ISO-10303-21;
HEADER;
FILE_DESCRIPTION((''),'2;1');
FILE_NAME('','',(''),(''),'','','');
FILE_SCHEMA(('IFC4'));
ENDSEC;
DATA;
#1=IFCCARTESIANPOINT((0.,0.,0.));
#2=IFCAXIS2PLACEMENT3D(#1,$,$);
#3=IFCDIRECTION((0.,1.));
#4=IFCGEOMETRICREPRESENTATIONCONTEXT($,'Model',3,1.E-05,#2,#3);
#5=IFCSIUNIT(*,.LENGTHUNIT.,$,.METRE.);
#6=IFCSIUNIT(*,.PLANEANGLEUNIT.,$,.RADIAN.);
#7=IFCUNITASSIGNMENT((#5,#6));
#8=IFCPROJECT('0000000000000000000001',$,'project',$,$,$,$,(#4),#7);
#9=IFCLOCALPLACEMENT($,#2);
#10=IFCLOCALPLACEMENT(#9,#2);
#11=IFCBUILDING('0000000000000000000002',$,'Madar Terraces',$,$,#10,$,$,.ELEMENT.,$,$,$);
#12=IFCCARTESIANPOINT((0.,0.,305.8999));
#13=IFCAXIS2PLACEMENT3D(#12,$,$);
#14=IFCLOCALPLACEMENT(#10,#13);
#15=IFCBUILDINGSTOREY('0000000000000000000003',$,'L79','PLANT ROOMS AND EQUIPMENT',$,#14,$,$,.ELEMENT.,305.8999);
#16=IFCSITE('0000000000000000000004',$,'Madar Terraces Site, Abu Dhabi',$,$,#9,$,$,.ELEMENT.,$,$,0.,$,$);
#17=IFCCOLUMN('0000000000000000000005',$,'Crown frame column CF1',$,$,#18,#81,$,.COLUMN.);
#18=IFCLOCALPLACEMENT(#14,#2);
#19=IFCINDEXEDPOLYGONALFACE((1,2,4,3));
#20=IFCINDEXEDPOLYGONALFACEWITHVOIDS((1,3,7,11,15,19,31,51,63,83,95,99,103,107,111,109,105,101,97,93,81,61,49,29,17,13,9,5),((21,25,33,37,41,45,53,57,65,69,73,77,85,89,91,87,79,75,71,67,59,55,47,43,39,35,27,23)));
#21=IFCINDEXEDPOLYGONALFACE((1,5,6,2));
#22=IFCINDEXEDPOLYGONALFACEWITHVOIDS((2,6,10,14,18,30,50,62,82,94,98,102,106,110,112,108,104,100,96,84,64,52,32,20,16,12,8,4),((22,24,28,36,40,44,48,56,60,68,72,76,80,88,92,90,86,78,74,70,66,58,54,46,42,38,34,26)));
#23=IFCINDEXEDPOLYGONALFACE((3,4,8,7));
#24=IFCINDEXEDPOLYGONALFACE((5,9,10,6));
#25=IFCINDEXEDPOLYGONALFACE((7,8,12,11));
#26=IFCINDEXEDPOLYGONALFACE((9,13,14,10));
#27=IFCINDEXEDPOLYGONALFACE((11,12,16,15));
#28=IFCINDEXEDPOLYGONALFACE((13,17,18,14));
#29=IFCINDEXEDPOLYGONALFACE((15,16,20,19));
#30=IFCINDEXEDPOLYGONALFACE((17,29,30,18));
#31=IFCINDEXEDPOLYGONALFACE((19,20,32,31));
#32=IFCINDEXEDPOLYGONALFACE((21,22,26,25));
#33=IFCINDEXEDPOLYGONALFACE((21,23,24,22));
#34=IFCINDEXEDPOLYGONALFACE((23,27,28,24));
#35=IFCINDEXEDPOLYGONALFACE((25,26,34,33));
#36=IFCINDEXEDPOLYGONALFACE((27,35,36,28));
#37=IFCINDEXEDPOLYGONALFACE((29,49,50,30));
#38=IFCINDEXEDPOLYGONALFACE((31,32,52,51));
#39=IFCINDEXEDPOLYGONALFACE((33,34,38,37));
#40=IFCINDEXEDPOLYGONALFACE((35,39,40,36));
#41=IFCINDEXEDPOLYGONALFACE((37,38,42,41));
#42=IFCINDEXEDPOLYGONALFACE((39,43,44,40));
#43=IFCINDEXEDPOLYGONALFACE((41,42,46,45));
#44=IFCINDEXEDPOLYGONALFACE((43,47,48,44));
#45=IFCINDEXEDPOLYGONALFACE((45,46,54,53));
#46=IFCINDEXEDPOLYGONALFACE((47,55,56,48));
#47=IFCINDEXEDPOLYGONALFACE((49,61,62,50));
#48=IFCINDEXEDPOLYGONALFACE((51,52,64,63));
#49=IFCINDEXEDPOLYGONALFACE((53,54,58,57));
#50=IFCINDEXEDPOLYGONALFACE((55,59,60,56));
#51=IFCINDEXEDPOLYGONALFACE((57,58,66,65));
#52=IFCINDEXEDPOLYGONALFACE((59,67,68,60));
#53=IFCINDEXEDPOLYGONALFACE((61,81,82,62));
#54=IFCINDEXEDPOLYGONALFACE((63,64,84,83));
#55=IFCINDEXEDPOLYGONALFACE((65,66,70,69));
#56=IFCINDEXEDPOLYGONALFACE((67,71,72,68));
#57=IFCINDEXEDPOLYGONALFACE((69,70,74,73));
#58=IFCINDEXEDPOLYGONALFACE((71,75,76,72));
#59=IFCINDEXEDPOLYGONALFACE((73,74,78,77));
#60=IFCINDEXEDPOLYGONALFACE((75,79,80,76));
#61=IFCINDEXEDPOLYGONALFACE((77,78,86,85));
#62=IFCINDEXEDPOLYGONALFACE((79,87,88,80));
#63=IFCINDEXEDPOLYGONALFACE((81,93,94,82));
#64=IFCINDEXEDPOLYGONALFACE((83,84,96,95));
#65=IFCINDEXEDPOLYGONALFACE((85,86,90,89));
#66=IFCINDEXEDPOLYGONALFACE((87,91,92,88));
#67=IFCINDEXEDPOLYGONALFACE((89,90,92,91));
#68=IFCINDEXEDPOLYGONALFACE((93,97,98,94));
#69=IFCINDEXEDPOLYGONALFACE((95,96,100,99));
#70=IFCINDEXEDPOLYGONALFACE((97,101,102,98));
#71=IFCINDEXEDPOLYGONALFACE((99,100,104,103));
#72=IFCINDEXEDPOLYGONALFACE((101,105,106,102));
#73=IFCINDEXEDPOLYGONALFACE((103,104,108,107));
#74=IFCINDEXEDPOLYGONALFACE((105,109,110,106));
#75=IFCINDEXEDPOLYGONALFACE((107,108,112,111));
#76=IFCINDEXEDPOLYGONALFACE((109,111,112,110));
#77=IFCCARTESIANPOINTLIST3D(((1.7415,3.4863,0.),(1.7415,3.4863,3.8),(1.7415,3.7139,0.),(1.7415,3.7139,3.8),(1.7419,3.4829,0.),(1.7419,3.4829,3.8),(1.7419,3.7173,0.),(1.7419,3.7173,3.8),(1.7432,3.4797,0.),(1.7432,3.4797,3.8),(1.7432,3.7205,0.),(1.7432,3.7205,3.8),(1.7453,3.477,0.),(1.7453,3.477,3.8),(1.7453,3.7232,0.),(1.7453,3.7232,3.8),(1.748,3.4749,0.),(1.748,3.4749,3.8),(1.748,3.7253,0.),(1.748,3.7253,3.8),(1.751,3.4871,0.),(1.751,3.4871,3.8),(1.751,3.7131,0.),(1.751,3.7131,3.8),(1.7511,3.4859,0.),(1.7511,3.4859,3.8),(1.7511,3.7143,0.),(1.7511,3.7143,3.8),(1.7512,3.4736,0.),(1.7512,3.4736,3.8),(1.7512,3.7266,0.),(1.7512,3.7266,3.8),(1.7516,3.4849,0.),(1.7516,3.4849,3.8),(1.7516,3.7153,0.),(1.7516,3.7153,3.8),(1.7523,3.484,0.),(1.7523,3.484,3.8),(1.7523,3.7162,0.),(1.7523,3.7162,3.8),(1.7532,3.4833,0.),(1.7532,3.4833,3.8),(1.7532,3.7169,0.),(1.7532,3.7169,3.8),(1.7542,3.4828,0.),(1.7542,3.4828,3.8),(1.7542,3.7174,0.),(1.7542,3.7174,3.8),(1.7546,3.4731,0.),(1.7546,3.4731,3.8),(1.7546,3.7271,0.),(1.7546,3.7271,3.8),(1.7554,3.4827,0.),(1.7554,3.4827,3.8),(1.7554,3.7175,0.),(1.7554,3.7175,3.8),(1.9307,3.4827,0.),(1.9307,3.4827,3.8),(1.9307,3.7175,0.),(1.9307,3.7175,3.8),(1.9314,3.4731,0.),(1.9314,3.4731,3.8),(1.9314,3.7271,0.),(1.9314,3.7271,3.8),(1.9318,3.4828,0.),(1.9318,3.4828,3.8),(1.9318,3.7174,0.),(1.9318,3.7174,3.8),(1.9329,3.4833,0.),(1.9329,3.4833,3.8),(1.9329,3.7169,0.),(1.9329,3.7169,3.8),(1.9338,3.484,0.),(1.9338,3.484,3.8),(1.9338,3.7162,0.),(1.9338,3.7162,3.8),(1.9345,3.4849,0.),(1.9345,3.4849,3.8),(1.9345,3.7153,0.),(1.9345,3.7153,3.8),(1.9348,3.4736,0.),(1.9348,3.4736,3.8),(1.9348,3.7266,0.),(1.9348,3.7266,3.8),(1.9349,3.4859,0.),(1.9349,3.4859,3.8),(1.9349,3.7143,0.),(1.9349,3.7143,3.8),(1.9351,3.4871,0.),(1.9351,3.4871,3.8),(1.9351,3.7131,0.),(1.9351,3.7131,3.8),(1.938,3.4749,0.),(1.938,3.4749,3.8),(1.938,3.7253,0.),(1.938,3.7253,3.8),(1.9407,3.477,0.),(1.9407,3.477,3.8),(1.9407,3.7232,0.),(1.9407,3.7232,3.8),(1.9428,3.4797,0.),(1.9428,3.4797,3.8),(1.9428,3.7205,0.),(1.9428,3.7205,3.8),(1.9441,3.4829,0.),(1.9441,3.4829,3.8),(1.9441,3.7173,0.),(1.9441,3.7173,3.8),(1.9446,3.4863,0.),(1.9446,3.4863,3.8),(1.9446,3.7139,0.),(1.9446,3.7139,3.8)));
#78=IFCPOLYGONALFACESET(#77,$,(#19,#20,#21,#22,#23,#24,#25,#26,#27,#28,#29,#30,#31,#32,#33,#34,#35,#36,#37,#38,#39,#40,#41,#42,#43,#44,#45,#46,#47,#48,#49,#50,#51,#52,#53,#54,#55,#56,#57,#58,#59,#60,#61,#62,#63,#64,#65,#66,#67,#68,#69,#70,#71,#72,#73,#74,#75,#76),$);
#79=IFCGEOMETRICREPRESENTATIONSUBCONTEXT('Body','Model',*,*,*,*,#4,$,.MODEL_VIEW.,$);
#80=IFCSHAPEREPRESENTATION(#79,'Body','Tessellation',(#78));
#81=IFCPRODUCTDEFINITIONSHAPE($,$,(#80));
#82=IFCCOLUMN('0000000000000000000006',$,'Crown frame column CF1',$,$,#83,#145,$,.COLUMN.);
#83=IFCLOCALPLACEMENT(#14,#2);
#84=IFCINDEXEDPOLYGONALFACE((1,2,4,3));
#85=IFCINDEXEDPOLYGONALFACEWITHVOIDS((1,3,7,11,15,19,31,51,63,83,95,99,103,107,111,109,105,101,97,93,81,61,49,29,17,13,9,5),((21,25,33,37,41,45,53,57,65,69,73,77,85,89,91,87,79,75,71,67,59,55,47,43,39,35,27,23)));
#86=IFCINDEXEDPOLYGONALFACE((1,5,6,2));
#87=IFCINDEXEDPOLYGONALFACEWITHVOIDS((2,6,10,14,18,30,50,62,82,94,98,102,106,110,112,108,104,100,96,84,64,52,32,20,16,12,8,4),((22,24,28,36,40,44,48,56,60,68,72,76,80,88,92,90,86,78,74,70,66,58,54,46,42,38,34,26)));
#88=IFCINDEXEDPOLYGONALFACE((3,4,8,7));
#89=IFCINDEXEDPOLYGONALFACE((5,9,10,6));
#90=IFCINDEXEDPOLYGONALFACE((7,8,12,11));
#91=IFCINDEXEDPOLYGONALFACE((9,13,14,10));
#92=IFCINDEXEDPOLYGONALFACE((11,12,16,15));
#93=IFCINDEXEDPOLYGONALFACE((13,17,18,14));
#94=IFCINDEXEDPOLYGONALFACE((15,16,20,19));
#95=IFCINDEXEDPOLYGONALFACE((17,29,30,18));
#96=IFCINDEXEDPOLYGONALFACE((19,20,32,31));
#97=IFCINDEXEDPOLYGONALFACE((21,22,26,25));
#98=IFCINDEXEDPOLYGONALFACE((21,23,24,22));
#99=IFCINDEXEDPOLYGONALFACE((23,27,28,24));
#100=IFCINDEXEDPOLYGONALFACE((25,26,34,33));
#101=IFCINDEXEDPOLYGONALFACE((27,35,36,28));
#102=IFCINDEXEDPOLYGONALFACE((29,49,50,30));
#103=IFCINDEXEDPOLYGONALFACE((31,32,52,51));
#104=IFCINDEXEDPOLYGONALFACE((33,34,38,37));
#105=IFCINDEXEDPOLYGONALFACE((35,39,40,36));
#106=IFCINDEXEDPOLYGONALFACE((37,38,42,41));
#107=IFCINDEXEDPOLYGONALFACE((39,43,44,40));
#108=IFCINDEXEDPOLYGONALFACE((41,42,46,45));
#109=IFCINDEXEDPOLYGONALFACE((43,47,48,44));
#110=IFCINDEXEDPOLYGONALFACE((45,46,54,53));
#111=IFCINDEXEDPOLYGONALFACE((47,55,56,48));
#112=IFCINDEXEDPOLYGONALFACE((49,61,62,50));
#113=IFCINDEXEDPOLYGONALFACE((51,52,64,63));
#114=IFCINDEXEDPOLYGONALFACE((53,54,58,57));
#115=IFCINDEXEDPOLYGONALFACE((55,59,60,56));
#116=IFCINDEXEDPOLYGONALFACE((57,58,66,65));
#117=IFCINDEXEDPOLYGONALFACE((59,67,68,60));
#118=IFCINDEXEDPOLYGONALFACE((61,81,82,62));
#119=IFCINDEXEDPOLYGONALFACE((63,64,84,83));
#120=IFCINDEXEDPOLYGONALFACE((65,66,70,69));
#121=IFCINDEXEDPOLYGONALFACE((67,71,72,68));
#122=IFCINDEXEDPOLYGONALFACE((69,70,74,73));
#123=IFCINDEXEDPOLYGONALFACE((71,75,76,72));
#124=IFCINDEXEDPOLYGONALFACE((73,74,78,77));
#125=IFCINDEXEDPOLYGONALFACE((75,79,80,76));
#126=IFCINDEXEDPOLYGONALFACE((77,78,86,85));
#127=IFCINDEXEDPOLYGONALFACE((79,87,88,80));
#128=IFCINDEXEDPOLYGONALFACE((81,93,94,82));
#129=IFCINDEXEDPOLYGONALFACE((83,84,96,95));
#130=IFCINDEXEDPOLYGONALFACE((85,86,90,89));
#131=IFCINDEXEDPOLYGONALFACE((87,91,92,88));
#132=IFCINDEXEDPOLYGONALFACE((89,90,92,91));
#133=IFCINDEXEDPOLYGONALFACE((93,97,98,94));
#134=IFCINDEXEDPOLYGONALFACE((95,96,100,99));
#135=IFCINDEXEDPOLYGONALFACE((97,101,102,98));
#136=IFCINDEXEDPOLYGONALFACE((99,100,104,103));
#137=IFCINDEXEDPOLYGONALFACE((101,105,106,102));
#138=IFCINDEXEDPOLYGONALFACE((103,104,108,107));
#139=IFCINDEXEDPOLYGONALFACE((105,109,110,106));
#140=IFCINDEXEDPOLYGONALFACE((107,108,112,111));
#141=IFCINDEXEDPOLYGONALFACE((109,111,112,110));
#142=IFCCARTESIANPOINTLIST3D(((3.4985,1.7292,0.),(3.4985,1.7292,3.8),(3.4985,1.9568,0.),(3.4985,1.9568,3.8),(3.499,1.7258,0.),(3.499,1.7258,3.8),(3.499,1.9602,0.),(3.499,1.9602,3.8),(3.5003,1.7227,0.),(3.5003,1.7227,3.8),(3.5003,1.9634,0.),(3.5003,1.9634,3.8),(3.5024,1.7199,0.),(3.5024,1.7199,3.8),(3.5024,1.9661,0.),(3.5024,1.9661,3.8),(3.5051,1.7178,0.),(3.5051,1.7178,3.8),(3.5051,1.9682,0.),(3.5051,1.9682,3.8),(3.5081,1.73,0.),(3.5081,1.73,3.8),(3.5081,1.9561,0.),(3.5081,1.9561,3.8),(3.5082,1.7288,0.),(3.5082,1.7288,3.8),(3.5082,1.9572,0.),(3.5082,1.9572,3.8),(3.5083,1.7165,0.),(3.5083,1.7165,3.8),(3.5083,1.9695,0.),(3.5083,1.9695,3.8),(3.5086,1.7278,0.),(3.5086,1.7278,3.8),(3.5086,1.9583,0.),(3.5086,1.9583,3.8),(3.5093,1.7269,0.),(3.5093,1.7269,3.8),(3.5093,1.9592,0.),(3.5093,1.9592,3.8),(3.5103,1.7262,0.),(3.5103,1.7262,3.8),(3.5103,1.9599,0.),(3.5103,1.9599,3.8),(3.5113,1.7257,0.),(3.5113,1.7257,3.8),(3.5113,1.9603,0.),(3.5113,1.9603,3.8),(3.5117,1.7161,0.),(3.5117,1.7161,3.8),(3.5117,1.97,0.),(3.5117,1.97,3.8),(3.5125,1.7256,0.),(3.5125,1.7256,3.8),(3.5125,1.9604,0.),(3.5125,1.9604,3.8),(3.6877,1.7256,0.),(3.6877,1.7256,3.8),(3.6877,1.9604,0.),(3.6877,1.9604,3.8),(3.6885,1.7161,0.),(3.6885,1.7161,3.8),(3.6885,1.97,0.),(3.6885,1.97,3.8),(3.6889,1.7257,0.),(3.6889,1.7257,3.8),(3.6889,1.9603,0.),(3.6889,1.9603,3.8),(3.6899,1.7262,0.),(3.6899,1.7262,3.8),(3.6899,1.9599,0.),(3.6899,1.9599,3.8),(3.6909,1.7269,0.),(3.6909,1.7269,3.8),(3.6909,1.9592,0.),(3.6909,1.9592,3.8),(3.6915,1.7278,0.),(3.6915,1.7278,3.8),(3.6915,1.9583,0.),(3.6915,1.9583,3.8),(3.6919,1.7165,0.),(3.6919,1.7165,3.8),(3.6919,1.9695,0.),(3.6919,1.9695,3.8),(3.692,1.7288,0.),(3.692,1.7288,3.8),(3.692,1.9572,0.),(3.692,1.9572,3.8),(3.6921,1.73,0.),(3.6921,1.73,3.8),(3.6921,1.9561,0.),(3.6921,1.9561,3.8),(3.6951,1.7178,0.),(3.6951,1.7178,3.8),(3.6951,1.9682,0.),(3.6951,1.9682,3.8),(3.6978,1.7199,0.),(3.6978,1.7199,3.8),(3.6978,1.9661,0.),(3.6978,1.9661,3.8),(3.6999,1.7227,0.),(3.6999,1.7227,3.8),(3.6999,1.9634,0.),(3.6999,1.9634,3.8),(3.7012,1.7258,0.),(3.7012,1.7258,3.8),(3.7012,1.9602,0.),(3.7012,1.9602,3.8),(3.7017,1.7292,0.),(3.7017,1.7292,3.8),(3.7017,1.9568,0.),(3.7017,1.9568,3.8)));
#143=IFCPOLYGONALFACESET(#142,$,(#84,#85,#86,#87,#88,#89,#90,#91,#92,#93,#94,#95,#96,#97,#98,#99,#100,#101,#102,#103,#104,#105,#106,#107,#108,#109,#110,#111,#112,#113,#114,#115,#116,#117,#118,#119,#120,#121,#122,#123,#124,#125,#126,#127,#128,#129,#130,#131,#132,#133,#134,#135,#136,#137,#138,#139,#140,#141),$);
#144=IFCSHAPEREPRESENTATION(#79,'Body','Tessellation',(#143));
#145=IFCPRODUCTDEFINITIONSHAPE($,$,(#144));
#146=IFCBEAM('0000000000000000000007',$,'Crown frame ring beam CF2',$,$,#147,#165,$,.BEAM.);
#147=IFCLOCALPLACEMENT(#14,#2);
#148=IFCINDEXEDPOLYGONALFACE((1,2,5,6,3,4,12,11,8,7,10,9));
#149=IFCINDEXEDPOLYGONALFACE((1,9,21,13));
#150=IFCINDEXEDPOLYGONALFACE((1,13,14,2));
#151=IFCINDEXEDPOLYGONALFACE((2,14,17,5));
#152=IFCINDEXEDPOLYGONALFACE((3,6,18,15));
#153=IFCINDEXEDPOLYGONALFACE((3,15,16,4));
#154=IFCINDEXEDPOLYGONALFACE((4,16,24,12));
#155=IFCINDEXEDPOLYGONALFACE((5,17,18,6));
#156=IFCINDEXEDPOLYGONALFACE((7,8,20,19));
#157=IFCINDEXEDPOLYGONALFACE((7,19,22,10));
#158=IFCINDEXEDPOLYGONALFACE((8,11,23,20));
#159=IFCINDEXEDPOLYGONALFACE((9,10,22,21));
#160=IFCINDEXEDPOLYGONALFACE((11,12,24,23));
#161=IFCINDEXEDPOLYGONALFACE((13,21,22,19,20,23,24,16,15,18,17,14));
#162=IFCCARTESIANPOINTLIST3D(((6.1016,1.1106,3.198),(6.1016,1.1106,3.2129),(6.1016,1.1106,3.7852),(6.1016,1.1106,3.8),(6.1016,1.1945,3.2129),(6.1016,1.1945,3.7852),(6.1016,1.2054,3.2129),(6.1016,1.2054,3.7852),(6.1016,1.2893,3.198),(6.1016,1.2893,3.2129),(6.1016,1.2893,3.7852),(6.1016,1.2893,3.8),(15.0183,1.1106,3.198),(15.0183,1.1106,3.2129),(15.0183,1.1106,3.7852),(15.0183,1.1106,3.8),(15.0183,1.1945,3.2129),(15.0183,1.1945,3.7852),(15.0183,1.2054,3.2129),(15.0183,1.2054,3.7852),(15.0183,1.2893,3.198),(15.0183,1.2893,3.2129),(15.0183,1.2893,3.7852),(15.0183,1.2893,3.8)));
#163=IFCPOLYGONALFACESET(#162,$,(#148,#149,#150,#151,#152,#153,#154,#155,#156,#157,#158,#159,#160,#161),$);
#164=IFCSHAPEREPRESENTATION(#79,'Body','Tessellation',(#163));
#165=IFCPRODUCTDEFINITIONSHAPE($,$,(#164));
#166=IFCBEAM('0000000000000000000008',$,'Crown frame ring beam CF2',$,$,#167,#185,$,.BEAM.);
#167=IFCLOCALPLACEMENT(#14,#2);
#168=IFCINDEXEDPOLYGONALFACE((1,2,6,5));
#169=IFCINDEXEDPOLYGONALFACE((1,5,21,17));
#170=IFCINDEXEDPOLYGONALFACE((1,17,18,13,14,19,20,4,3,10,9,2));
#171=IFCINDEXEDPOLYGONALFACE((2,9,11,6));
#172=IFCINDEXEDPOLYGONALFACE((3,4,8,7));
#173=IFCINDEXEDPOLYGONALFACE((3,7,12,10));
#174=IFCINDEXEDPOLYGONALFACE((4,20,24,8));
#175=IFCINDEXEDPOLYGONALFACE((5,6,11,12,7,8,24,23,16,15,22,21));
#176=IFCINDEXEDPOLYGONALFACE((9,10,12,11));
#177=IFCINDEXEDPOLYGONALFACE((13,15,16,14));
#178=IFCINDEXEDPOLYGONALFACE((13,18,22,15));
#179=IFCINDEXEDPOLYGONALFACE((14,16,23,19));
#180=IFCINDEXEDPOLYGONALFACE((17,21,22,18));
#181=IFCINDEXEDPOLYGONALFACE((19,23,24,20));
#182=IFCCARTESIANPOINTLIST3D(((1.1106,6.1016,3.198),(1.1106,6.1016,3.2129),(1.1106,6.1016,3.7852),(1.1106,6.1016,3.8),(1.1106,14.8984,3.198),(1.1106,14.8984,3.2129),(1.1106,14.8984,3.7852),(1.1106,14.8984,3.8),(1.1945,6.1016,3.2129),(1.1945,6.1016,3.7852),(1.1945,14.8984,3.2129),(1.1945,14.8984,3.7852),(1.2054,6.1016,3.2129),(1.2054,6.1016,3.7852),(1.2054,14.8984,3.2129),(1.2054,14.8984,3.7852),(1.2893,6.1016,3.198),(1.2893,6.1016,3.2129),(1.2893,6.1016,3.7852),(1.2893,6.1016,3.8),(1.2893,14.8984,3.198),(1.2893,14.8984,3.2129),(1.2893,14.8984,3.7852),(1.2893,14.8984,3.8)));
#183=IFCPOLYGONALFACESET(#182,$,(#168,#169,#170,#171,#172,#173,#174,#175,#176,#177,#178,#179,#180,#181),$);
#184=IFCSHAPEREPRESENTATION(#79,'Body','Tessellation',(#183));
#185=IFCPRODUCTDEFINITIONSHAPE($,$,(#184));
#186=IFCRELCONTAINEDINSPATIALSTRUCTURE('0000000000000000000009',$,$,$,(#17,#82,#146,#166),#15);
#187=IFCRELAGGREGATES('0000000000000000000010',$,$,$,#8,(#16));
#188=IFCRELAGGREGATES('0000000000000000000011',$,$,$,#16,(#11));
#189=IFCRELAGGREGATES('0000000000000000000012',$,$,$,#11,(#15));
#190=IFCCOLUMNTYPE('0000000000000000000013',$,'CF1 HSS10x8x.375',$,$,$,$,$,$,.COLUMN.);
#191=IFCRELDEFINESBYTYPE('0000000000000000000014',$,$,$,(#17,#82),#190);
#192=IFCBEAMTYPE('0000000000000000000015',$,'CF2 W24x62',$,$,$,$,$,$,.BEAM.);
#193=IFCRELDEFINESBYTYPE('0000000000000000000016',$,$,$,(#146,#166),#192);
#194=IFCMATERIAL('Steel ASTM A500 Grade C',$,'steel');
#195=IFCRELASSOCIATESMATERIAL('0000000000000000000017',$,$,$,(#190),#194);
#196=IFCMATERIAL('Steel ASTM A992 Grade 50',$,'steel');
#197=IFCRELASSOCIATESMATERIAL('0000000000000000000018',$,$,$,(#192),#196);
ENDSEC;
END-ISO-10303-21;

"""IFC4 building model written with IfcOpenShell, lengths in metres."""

from ifc_helpers import new_model, si_unit, direction, frame, origin, origin_2d, place, context, subcontext, project, spatial, hollow_rectangle, i_section, extrude, material, material_profile, profile_set, type_object, element, save


model = new_model("IFC4")

# Units and contexts
model_context = context("Model", 3, precision=1e-05, world=origin(), true_north=direction((0.0, 1.0)))
body_context = subcontext(model_context, "Body", "Model", "MODEL_VIEW")
ifc_project = project(units=[si_unit("LENGTHUNIT", "METRE"), si_unit("PLANEANGLEUNIT", "RADIAN")], contexts=[model_context])

# Site, building, storey
site_placement = place(None, origin())
site = spatial("IfcSite", under=ifc_project, at=site_placement, Name="Madar Terraces Site, Abu Dhabi", CompositionType="ELEMENT", RefElevation=0.0)
building_placement = place(site_placement, origin())
building = spatial("IfcBuilding", under=site, at=building_placement, Name="Madar Terraces", CompositionType="ELEMENT")
storey_placement = place(building_placement, frame((0.0, 0.0, 305.8999)))
storey = spatial("IfcBuildingStorey", under=building, at=storey_placement, Name="L79", Description="PLANT ROOMS AND EQUIPMENT", CompositionType="ELEMENT", Elevation=305.8999)

# Columns
ifc_material_1 = material(Name="Steel ASTM A500 Grade C", Category="steel")
ifc_material_profile_1 = material_profile(ifc_material_1, hollow_rectangle(XDim=0.2031, YDim=0.2539, WallThickness=0.0095, InnerFilletRadius=0.0044, OuterFilletRadius=0.0132, at=origin_2d()), Name="HSS10x8x.375")
ifc_profile_set_1 = profile_set([ifc_material_profile_1], Name="Steel ASTM A500 Grade C")
column_type = type_object("IfcColumnType", Name="CF1 HSS10x8x.375", PredefinedType="COLUMN", material=ifc_profile_set_1)
for number, where, z_axis, x_axis, name in (
    (1, (1.843, 3.6001, 0.0), (0.0, 0.0, 1.0), (1.0, 0.0, 0.0), "Crown frame column CF1"),
    (2, (3.6001, 1.843, 0.0), (0.0, 0.0, 1.0), (1.0, 0.0, 0.0), "Crown frame column CF1"),
):
    element("IfcColumn", number, at=place(storey_placement, frame(where, z_axis=z_axis, x_axis=x_axis)), inside=storey, type_object=column_type, Name=name, PredefinedType="COLUMN", context=body_context, shape_type="SweptSolid", body=[
        extrude(hollow_rectangle(XDim=0.2031, YDim=0.2539, WallThickness=0.0095, InnerFilletRadius=0.0044, OuterFilletRadius=0.0132, at=origin_2d()), origin(), (0.0, 0.0, 1.0), 3.8),
    ])

# Beams
ifc_material_2 = material(Name="Steel ASTM A992 Grade 50", Category="steel")
ifc_material_profile_2 = material_profile(ifc_material_2, i_section(OverallWidth=0.1787, OverallDepth=0.6021, WebThickness=0.011, FlangeThickness=0.0149, at=origin_2d()), Name="W24x62")
ifc_profile_set_2 = profile_set([ifc_material_profile_2], Name="Steel ASTM A992 Grade 50")
beam_type = type_object("IfcBeamType", Name="CF2 W24x62", PredefinedType="BEAM", material=ifc_profile_set_2)
beam_1_placement = place(storey_placement, frame((6.1016, 1.2, 3.499), z_axis=(1.0, 0.0, 0.0), x_axis=(0.0, 1.0, 0.0)))
element("IfcBeam", 3, at=beam_1_placement, inside=storey, type_object=beam_type, Name="Crown frame ring beam CF2", PredefinedType="BEAM", context=body_context, shape_type="SweptSolid", body=[
    extrude(i_section(OverallWidth=0.1787, OverallDepth=0.6021, WebThickness=0.011, FlangeThickness=0.0149, at=origin_2d()), origin(), (0.0, 0.0, 1.0), 8.9167),
])
beam_2_placement = place(storey_placement, frame((1.2, 14.8984, 3.499), z_axis=(0.0, -1.0, 0.0), x_axis=(1.0, 0.0, 0.0)))
element("IfcBeam", 4, at=beam_2_placement, inside=storey, type_object=beam_type, Name="Crown frame ring beam CF2", PredefinedType="BEAM", context=body_context, shape_type="SweptSolid", body=[
    extrude(i_section(OverallWidth=0.1787, OverallDepth=0.6021, WebThickness=0.011, FlangeThickness=0.0149, at=origin_2d()), origin(), (0.0, 0.0, 1.0), 8.7969),
])

save(model, "model.ifc")
